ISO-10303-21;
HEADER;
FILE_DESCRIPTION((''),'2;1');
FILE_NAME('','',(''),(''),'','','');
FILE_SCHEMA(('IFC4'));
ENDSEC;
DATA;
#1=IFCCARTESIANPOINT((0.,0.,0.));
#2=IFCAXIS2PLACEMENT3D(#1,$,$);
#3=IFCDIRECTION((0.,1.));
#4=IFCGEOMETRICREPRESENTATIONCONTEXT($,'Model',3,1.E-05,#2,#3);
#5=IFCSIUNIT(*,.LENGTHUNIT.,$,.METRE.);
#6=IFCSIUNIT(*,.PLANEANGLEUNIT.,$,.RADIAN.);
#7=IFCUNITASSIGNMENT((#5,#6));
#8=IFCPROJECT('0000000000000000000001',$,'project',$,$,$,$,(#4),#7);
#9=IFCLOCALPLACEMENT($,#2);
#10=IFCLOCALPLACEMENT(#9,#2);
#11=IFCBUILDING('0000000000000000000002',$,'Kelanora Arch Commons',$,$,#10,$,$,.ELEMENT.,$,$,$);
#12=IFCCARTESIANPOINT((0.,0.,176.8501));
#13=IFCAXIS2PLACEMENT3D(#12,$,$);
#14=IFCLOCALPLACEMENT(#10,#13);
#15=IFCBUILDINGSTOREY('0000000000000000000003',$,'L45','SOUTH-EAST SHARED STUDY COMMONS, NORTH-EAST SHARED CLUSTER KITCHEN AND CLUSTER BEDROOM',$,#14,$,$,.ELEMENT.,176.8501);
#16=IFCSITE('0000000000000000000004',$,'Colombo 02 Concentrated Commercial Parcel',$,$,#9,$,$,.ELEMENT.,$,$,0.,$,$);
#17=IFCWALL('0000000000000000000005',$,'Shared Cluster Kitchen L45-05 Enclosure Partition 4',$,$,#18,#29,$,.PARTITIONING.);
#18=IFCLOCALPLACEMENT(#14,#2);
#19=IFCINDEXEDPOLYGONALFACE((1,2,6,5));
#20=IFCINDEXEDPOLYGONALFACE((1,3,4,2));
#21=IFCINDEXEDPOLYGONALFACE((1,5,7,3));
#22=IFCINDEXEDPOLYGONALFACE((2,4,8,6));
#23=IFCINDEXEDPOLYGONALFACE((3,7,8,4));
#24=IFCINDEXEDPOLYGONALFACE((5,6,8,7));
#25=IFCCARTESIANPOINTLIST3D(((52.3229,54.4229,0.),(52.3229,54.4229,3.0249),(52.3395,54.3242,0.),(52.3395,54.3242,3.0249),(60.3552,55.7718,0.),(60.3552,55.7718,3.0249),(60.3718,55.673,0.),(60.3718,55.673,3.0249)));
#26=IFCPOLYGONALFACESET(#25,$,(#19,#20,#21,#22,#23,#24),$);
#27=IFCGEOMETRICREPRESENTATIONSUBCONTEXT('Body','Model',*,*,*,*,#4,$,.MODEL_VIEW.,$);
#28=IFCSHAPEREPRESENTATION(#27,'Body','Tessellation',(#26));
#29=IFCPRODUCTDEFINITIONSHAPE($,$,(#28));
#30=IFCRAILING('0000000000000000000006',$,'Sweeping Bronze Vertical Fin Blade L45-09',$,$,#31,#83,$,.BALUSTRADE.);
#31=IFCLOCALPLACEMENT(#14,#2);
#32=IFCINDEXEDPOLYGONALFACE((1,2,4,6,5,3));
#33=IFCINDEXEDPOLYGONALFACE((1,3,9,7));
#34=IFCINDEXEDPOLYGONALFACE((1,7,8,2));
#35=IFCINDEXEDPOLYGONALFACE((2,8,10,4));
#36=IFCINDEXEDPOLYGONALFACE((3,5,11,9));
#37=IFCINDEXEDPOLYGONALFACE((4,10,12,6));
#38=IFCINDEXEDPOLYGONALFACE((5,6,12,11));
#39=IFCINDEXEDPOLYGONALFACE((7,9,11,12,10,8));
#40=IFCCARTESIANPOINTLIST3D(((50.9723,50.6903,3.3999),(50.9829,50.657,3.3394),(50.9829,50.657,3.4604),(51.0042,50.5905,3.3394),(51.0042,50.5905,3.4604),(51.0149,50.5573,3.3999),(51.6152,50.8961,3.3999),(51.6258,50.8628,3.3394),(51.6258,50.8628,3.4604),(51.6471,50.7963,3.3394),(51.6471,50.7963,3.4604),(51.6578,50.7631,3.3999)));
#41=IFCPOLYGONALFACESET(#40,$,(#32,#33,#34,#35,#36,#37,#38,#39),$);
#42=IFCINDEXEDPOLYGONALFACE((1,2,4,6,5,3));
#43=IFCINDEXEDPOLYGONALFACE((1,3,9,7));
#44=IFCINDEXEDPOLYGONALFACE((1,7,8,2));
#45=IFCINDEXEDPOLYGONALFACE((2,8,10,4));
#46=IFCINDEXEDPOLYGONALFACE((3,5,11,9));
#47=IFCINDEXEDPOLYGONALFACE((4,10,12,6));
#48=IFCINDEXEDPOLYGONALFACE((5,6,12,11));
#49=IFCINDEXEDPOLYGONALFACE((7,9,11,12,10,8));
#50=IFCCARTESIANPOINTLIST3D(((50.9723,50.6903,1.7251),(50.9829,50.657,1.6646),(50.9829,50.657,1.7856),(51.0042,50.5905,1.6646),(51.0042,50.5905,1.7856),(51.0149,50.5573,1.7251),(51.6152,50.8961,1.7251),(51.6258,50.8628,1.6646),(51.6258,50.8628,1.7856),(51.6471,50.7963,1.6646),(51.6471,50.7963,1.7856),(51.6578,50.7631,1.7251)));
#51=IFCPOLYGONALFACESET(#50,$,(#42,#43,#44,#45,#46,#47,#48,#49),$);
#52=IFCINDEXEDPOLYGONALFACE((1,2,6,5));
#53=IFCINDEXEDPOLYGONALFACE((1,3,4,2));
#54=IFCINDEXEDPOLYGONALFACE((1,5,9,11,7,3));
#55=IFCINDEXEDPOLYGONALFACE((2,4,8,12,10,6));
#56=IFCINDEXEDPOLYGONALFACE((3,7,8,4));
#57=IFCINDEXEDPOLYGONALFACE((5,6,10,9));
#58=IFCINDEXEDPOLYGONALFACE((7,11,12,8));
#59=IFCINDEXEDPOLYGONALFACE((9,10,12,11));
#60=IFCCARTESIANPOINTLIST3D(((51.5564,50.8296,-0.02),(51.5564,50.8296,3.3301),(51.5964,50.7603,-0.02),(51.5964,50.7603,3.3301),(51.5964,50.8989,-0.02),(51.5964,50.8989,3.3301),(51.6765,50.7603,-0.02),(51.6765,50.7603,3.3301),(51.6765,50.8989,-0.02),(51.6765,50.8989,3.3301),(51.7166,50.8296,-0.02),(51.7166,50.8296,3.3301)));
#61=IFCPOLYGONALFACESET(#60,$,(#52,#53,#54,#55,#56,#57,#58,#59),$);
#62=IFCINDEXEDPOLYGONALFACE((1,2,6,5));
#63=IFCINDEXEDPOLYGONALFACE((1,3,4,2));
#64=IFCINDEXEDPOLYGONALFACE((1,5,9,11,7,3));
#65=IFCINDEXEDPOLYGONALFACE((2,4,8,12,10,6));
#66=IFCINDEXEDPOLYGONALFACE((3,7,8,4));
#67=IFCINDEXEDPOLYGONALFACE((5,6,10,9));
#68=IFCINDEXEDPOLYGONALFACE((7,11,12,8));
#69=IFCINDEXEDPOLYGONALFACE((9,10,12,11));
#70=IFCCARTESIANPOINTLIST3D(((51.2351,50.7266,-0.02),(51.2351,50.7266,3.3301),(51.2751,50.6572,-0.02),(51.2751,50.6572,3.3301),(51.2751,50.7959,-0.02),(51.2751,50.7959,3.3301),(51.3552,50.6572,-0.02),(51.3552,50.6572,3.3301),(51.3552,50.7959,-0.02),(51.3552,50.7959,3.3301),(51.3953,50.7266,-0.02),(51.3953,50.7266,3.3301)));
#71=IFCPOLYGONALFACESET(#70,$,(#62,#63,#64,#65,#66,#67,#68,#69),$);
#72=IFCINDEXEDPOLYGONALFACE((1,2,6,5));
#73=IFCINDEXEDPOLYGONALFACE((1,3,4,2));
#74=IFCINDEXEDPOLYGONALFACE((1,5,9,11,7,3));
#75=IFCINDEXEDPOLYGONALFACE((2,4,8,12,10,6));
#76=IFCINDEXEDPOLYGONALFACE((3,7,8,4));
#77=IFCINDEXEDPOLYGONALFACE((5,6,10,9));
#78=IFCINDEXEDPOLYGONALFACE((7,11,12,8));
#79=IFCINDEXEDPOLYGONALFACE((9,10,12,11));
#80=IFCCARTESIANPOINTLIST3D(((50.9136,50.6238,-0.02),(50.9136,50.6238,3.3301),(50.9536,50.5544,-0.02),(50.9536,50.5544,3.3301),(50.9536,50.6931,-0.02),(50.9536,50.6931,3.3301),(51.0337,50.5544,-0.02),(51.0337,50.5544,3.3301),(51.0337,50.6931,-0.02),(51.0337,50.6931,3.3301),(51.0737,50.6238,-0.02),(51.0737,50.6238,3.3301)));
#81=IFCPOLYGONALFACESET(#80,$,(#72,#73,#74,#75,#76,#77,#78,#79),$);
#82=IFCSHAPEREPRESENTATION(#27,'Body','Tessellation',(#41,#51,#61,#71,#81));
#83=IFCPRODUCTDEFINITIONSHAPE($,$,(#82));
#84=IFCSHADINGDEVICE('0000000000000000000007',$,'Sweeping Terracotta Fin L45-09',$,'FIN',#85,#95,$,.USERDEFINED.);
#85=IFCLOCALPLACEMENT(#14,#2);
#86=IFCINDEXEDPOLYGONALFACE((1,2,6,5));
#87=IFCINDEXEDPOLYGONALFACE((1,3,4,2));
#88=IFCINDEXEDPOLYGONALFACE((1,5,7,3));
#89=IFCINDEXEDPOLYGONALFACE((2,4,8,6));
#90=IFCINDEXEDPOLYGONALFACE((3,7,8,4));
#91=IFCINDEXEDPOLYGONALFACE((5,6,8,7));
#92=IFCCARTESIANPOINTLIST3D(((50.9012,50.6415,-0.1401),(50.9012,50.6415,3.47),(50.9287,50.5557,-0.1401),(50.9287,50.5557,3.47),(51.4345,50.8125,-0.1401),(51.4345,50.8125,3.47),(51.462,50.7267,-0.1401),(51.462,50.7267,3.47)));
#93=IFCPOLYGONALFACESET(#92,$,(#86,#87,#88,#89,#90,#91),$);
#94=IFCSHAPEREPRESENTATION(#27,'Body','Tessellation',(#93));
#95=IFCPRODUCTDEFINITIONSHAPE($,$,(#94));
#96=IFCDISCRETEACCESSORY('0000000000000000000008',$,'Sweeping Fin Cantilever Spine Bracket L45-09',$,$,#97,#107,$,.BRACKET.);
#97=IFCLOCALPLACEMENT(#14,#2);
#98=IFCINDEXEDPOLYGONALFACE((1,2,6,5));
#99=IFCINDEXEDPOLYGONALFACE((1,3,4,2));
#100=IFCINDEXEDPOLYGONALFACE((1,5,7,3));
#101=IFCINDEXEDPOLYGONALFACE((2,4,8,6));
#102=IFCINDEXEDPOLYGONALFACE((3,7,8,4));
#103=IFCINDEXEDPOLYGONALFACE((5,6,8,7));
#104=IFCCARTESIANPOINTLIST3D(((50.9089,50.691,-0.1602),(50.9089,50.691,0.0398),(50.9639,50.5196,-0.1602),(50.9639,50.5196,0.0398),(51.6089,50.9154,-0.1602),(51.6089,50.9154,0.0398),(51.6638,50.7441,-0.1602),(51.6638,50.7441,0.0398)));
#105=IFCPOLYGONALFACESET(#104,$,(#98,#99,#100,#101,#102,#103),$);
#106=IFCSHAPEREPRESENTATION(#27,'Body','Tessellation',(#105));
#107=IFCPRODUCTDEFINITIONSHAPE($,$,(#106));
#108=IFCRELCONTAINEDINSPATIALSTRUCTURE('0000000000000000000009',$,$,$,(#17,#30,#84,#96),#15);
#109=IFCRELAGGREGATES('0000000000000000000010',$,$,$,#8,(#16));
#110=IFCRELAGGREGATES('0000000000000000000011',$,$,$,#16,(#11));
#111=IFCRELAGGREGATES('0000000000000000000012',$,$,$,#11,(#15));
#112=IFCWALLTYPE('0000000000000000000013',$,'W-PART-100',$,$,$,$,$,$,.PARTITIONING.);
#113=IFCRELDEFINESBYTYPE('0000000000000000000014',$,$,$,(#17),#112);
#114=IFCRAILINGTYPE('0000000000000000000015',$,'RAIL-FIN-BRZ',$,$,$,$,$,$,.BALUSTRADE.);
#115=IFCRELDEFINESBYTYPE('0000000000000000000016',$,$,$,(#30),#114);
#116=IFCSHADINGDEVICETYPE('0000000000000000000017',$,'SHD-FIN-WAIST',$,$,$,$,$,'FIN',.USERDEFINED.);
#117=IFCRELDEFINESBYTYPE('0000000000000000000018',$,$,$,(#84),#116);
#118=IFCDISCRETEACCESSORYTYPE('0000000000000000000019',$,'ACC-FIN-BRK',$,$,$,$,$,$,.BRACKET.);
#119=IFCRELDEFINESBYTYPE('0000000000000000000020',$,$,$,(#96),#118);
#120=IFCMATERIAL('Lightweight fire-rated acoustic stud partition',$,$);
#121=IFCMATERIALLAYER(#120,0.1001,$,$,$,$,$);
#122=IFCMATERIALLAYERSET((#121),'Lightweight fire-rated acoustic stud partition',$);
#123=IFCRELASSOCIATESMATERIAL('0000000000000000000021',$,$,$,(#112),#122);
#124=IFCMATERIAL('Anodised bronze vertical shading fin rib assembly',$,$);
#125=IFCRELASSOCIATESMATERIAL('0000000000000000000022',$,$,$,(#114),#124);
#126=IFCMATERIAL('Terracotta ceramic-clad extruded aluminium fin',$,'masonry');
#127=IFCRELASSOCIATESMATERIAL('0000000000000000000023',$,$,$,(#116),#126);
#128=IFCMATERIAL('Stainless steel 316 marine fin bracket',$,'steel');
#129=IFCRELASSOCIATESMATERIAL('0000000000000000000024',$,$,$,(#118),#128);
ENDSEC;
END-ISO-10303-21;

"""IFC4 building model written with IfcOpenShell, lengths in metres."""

from ifc_helpers import new_model, si_unit, direction, frame, frame_2d, origin, origin_2d, place, context, subcontext, project, spatial, polyline, rectangle, outline, extrude, source, transform, mapped, material, layer, layer_set, type_object, element, save


model = new_model("IFC4")

# Units and contexts
model_context = context("Model", 3, precision=1e-05, world=origin(), true_north=direction((0.0, 1.0)))
body_context = subcontext(model_context, "Body", "Model", "MODEL_VIEW")
ifc_project = project(units=[si_unit("LENGTHUNIT", "METRE"), si_unit("PLANEANGLEUNIT", "RADIAN")], contexts=[model_context])

# Site, building, storey
site_placement = place(None, origin())
site = spatial("IfcSite", under=ifc_project, at=site_placement, Name="Colombo 02 Concentrated Commercial Parcel", CompositionType="ELEMENT", RefElevation=0.0)
building_placement = place(site_placement, origin())
building = spatial("IfcBuilding", under=site, at=building_placement, Name="Kelanora Arch Commons", CompositionType="ELEMENT")
storey_placement = place(building_placement, frame((0.0, 0.0, 176.8501)))
storey = spatial("IfcBuildingStorey", under=building, at=storey_placement, Name="L45", Description="SOUTH-EAST SHARED STUDY COMMONS, NORTH-EAST SHARED CLUSTER KITCHEN AND CLUSTER BEDROOM", CompositionType="ELEMENT", Elevation=176.8501)

# Wall
ifc_material_1 = material(Name="Lightweight fire-rated acoustic stud partition")
ifc_layer_1 = layer(ifc_material_1, 0.1001)
ifc_layer_set_1 = layer_set([ifc_layer_1], Name="Lightweight fire-rated acoustic stud partition")
wall_type_1 = type_object("IfcWallType", Name="W-PART-100", PredefinedType="PARTITIONING", material=ifc_layer_set_1)
wall_1_placement = place(storey_placement, frame((52.3313, 54.3735, 0.0), z_axis=(0.0, 0.0, 1.0), x_axis=(0.986191, 0.165614, 0.0)))
element("IfcWall", 1, at=wall_1_placement, inside=storey, type_object=wall_type_1, Name="Shared Cluster Kitchen L45-05 Enclosure Partition 4", PredefinedType="PARTITIONING", context=body_context, shape_type="SweptSolid", body=[
    extrude(rectangle(XDim=8.1448, YDim=0.1001, at=frame_2d((4.0723, 0.0))), origin(), (0.0, 0.0, 1.0), 3.0249),
])

# Railing
ifc_material_2 = material(Name="Anodised bronze vertical shading fin rib assembly")
railing_type = type_object("IfcRailingType", Name="RAIL-FIN-BRZ", PredefinedType="BALUSTRADE", material=ifc_material_2)
railing_placement = place(storey_placement, frame((51.6365, 50.8296, -0.02)))
element("IfcRailing", 2, at=railing_placement, inside=storey, type_object=railing_type, Name="Sweeping Bronze Vertical Fin Blade L45-09", PredefinedType="BALUSTRADE", context=body_context, shape_type="SweptSolid", body=[
    extrude(outline(polyline([(0.0698, 0.0), (0.0349, 0.0605), (-0.0349, 0.0605), (-0.0698, 0.0), (-0.0349, -0.0605), (0.0349, -0.0605), (0.0698, 0.0)])), frame((0.0, 0.0, 3.4199), z_axis=(-0.952378, -0.30492, 0.0), x_axis=(0.30492, -0.952378, 0.0)), (0.0, 0.0, 1.0), 0.675),
    extrude(outline(polyline([(0.0698, 0.0), (0.0349, 0.0605), (-0.0349, 0.0605), (-0.0698, 0.0), (-0.0349, -0.0605), (0.0349, -0.0605), (0.0698, 0.0)])), frame((0.0, 0.0, 1.7451), z_axis=(-0.952378, -0.30492, 0.0), x_axis=(0.30492, -0.952378, 0.0)), (0.0, 0.0, 1.0), 0.675),
    extrude(outline(polyline([(0.0801, 0.0), (0.04, 0.0693), (-0.04, 0.0693), (-0.0801, 0.0), (-0.04, -0.0693), (0.04, -0.0693), (0.0801, 0.0)])), origin(), (0.0, 0.0, 1.0), 3.3501),
    extrude(outline(polyline([(0.0801, 0.0), (0.04, 0.0693), (-0.04, 0.0693), (-0.0801, 0.0), (-0.04, -0.0693), (0.04, -0.0693), (0.0801, 0.0)])), frame((-0.3213, -0.103, 0.0)), (0.0, 0.0, 1.0), 3.3501),
    extrude(outline(polyline([(0.0801, 0.0), (0.04, 0.0693), (-0.04, 0.0693), (-0.0801, 0.0), (-0.04, -0.0693), (0.04, -0.0693), (0.0801, 0.0)])), frame((-0.6428, -0.2058, 0.0)), (0.0, 0.0, 1.0), 3.3501),
])

# Shading device
ifc_material_3 = material(Name="Terracotta ceramic-clad extruded aluminium fin", Category="masonry")
shading_device_type = type_object("IfcShadingDeviceType", Name="SHD-FIN-WAIST", ElementType="FIN", PredefinedType="USERDEFINED", material=ifc_material_3)
shared_shape_1 = source(origin(), body_context, "Body", "SweptSolid", [
    extrude(rectangle(XDim=0.5601, YDim=0.0901, at=origin_2d()), origin(), (0.0, 0.0, 1.0), 3.6101),
])
shading_device_placement = place(storey_placement, frame((51.1816, 50.6841, -0.1401), z_axis=(0.0, 0.0, 1.0), x_axis=(-0.952236, -0.305363, 0.0)))
element("IfcShadingDevice", 3, at=shading_device_placement, inside=storey, type_object=shading_device_type, Name="Sweeping Terracotta Fin L45-09", ObjectType="FIN", PredefinedType="USERDEFINED", context=body_context, shape_type="MappedRepresentation", body=[
    mapped(shared_shape_1, transform((0.0, 0.0, 0.0), scale=1.0)),
])

# Discrete accessory
ifc_material_4 = material(Name="Stainless steel 316 marine fin bracket", Category="steel")
discrete_accessory_type = type_object("IfcDiscreteAccessoryType", Name="ACC-FIN-BRK", PredefinedType="BRACKET", material=ifc_material_4)
shared_shape_2 = source(origin(), body_context, "Body", "SweptSolid", [
    extrude(rectangle(XDim=0.7351, YDim=0.1799, at=origin_2d()), origin(), (0.0, 0.0, 1.0), 0.2),
])
discrete_accessory_placement = place(storey_placement, frame((51.2864, 50.7175, -0.1602), z_axis=(0.0, 0.0, 1.0), x_axis=(-0.952236, -0.305363, 0.0)))
element("IfcDiscreteAccessory", 4, at=discrete_accessory_placement, inside=storey, type_object=discrete_accessory_type, Name="Sweeping Fin Cantilever Spine Bracket L45-09", PredefinedType="BRACKET", context=body_context, shape_type="MappedRepresentation", body=[
    mapped(shared_shape_2, transform((0.0, 0.0, 0.0), scale=1.0)),
])

save(model, "model.ifc")
